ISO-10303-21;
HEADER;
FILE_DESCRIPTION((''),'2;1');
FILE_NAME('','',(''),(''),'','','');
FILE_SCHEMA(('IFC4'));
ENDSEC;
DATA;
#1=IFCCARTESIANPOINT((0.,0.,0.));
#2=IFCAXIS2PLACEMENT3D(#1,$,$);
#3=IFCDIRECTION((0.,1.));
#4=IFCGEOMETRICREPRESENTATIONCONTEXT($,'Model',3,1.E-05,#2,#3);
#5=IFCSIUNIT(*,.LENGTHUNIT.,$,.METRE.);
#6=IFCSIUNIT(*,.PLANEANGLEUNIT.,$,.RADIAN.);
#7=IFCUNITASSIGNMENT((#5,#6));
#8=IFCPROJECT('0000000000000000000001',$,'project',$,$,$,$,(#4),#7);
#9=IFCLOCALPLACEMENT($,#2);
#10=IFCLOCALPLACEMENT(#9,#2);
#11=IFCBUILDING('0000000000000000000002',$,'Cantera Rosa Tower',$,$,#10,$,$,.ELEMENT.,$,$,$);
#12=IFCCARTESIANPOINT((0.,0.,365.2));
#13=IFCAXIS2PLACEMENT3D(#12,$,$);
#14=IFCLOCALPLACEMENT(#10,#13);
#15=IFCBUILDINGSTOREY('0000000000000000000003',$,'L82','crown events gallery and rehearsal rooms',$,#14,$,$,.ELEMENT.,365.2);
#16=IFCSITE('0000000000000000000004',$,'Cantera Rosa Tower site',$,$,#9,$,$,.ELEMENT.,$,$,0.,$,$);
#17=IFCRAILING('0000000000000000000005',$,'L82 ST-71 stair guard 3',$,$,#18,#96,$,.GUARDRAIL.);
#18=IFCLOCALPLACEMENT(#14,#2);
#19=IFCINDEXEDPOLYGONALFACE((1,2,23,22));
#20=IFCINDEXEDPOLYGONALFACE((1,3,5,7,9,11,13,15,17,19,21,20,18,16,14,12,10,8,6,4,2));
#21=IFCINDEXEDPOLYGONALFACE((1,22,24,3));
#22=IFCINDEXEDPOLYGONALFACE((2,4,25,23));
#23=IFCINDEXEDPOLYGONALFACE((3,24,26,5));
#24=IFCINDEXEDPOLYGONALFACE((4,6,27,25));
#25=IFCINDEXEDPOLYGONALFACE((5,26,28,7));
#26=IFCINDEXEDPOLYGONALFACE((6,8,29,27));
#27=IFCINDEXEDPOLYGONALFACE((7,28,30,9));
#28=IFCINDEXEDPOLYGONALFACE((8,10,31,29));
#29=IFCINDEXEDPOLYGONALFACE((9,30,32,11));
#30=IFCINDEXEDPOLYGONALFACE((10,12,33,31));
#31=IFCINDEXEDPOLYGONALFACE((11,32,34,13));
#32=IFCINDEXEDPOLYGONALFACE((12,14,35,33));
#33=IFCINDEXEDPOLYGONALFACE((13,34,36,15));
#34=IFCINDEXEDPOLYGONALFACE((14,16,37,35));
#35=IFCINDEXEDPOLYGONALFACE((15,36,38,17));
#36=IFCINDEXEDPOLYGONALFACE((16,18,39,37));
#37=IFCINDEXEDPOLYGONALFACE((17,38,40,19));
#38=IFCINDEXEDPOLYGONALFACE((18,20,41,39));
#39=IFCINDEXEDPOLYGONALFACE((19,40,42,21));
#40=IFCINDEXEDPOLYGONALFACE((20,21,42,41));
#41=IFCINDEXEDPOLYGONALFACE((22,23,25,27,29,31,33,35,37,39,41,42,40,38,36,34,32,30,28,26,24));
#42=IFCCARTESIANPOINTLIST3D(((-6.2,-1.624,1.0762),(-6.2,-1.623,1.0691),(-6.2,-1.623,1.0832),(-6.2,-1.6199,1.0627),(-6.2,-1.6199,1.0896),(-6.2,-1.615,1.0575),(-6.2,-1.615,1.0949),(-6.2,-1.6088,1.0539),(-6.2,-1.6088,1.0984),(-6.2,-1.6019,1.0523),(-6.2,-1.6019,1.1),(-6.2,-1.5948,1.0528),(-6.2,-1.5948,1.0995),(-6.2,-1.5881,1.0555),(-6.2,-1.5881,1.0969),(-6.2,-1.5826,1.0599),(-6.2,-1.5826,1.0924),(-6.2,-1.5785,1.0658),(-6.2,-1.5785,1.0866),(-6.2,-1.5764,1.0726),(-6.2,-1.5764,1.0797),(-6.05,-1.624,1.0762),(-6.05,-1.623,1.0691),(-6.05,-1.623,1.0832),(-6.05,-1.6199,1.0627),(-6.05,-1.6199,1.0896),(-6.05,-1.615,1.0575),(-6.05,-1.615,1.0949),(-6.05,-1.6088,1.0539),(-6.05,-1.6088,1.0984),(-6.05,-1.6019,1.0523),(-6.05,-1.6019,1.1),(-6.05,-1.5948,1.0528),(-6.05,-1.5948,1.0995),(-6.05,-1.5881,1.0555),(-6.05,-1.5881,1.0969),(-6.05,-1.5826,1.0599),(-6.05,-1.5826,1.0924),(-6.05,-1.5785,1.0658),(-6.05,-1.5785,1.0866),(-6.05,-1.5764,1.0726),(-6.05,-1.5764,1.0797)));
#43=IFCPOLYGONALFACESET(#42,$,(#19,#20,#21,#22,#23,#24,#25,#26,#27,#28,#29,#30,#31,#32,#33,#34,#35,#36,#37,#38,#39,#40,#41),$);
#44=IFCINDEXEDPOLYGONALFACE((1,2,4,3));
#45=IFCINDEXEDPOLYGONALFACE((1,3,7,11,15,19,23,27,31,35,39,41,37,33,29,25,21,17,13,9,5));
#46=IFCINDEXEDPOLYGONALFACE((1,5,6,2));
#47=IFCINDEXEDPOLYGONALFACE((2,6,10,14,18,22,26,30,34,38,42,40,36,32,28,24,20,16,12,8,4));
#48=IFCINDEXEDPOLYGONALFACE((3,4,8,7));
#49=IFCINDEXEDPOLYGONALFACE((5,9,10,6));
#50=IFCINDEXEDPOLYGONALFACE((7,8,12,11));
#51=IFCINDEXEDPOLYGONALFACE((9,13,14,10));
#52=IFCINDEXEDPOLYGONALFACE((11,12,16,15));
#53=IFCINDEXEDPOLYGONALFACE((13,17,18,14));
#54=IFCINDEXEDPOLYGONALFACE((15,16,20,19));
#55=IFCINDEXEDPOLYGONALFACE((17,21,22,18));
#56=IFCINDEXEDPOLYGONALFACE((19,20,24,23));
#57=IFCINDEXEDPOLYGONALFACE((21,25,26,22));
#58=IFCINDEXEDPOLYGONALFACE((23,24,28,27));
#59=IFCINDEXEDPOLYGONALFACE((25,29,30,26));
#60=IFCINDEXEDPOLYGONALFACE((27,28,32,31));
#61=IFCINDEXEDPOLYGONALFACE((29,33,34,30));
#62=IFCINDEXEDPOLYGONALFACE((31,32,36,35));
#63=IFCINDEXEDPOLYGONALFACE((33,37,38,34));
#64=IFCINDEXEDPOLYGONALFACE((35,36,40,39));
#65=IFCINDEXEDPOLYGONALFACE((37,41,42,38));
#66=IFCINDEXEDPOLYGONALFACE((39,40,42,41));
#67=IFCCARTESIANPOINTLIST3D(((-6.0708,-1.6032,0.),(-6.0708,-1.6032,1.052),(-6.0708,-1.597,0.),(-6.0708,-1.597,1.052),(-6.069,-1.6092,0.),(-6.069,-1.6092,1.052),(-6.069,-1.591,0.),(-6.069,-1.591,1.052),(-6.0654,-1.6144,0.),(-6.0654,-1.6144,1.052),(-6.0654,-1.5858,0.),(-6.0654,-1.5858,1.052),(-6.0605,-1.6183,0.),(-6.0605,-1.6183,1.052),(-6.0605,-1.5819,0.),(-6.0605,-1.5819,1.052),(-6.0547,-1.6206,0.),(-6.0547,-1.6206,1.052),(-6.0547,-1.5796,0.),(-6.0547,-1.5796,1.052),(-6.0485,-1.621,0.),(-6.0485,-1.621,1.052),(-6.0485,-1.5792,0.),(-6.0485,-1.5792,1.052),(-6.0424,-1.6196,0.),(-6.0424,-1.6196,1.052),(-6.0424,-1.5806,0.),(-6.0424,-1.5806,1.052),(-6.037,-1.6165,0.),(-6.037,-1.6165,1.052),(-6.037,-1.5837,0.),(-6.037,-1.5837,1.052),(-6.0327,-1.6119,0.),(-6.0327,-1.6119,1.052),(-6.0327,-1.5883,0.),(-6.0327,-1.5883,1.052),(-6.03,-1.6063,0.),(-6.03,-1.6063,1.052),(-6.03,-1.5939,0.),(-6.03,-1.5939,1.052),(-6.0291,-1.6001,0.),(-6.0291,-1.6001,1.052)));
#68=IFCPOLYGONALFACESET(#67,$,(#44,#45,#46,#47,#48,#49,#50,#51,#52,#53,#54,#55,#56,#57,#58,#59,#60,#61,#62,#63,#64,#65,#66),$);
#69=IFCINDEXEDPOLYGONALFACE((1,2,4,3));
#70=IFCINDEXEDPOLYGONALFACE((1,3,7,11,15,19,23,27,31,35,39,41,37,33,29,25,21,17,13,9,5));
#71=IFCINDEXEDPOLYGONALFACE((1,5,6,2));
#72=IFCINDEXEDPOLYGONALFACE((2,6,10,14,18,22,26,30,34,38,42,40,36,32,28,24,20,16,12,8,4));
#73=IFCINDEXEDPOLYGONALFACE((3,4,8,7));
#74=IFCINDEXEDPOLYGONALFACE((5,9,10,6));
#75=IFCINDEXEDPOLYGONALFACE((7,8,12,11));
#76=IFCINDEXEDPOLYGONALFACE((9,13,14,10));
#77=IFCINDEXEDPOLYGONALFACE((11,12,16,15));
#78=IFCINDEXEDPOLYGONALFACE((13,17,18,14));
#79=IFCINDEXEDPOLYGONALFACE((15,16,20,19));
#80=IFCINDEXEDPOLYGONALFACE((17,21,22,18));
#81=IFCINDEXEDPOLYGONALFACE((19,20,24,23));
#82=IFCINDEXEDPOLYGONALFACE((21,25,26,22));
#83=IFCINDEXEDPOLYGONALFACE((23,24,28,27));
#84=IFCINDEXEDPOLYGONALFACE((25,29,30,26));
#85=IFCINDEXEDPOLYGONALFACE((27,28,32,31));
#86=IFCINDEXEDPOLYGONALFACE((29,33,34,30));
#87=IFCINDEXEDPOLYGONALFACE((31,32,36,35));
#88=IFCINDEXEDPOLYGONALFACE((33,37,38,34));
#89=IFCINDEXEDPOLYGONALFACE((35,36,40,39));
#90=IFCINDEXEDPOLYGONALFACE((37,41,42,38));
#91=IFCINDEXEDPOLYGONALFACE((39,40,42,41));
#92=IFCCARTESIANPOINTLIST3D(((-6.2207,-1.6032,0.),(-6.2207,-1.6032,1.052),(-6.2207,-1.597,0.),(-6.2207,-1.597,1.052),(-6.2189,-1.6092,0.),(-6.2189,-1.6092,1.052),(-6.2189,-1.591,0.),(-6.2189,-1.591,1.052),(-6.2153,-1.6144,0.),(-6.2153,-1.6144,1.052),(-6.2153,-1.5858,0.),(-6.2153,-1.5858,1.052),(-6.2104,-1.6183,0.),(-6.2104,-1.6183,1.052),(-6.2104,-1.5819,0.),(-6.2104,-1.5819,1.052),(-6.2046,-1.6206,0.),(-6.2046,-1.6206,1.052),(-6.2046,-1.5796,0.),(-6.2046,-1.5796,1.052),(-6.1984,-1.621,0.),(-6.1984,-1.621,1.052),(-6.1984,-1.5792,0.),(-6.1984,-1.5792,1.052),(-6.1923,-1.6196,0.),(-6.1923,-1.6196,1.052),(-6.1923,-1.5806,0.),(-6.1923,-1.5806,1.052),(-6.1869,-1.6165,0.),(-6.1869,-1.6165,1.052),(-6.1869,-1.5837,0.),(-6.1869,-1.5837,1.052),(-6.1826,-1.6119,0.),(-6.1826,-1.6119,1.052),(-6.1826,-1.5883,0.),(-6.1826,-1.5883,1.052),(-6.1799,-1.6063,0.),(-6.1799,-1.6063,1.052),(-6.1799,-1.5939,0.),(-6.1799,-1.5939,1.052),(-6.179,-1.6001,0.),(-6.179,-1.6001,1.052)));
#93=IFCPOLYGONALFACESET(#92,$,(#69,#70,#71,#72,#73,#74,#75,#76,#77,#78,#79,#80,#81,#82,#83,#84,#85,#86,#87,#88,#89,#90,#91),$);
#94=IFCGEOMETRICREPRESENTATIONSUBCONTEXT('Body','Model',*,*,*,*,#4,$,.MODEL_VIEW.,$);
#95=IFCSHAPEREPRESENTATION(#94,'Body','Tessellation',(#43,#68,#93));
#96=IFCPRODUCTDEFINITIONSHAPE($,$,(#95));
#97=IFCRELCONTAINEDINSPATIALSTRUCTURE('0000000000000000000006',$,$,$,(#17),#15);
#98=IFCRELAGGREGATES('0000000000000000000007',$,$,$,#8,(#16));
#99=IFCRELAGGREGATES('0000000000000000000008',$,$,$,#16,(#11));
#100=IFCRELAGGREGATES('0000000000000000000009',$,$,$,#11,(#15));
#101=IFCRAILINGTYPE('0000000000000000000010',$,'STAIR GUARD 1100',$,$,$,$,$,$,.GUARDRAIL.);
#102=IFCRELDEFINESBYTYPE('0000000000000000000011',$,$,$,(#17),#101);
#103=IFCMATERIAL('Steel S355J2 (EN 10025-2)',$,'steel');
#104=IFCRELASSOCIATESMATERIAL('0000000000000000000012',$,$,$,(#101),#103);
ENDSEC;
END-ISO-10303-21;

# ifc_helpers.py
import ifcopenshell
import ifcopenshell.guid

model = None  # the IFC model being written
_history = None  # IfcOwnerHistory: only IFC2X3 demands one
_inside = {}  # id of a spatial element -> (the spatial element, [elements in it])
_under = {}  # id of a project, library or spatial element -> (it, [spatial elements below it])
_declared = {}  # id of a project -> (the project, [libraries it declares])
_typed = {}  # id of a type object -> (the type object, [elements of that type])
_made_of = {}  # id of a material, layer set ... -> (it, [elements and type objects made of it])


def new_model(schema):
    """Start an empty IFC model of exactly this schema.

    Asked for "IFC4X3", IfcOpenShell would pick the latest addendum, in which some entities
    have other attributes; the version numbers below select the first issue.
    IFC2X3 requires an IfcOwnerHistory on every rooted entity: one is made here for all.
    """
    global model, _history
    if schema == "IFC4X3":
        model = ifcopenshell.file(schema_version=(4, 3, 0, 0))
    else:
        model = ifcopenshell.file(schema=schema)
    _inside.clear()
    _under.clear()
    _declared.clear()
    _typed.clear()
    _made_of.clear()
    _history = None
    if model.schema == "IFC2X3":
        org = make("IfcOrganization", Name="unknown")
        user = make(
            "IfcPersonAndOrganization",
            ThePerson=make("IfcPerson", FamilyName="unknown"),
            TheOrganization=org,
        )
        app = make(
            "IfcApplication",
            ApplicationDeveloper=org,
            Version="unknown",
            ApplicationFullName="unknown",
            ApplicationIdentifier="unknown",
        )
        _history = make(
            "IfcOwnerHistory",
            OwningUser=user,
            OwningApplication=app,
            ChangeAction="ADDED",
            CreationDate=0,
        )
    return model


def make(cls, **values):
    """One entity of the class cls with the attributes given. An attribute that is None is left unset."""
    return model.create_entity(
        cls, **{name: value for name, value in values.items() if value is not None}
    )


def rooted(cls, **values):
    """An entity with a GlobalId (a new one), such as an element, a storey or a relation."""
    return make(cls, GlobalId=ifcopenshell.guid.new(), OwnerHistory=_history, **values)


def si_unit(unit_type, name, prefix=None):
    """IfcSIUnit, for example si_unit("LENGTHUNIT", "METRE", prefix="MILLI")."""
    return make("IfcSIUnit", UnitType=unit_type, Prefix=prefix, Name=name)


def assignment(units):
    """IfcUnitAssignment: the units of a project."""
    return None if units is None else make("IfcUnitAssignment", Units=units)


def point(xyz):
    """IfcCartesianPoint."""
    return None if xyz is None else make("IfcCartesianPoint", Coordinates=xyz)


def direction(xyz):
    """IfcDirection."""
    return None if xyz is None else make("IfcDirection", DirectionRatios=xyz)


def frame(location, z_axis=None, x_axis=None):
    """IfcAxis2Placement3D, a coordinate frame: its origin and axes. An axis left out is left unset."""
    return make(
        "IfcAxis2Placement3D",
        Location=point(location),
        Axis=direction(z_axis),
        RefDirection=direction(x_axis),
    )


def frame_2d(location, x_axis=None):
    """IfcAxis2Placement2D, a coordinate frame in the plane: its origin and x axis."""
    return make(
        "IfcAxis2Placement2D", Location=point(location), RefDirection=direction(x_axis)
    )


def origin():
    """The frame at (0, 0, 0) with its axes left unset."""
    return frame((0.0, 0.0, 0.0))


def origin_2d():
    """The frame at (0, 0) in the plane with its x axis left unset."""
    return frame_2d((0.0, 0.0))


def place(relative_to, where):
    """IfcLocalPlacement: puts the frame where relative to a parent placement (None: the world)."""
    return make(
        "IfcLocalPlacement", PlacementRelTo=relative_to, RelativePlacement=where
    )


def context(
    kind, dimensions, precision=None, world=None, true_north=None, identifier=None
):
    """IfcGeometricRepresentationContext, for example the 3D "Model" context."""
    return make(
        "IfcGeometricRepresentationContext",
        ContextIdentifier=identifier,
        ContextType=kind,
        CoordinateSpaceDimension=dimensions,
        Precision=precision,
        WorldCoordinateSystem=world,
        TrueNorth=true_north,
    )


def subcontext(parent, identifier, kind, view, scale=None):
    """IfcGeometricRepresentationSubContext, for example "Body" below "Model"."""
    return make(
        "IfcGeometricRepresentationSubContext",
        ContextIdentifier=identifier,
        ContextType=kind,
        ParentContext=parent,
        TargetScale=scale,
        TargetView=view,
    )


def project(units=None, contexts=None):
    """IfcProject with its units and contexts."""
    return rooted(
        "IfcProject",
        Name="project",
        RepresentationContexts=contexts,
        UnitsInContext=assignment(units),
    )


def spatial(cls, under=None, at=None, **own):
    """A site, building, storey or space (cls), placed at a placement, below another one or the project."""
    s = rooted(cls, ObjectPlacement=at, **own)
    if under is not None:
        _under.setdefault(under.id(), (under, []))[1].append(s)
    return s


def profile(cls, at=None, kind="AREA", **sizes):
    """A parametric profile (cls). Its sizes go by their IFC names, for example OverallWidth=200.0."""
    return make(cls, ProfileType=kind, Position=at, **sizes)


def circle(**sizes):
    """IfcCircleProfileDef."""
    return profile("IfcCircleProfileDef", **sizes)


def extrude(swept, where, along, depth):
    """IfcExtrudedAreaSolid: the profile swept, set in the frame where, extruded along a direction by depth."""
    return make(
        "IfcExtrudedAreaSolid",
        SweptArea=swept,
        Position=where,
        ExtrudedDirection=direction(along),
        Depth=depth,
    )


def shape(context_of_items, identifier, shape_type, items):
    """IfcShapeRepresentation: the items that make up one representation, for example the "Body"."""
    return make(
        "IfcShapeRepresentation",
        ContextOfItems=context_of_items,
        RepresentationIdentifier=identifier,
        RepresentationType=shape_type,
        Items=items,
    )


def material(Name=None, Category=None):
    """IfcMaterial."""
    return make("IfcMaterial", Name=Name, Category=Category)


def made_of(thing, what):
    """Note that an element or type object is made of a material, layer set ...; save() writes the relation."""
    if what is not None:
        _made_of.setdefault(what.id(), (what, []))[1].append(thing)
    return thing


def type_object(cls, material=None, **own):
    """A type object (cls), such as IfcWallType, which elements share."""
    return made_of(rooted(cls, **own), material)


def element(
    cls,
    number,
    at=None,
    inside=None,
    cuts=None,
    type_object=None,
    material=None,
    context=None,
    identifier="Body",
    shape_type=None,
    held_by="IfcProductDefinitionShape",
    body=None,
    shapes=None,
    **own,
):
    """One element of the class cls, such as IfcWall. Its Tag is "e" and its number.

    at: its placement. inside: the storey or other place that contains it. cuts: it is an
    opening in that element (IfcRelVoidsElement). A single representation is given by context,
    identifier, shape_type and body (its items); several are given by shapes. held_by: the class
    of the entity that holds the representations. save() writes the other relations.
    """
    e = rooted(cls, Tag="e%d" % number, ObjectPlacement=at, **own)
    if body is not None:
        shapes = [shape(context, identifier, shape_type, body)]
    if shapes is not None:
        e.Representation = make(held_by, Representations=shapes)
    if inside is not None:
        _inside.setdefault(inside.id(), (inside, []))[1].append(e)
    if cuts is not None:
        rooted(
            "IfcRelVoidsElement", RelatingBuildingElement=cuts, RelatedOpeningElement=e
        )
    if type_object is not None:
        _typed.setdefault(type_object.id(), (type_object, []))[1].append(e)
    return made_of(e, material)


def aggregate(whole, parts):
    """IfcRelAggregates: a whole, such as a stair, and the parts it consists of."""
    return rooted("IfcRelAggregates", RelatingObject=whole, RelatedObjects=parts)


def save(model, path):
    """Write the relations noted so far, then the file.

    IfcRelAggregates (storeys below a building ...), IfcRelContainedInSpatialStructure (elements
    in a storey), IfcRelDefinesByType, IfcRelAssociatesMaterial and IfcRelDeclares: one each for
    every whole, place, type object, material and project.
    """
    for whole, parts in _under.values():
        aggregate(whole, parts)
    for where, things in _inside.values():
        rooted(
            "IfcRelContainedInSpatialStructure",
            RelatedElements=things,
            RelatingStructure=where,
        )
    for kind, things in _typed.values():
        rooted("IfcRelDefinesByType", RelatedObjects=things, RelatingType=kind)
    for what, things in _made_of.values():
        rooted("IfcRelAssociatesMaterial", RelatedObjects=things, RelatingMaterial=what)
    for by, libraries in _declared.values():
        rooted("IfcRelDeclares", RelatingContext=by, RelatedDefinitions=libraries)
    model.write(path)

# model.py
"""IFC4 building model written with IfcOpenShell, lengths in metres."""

from ifc_helpers import new_model, si_unit, direction, frame, origin, origin_2d, place, context, subcontext, project, spatial, circle, extrude, material, type_object, element, save


model = new_model("IFC4")

# Units and contexts
model_context = context("Model", 3, precision=1e-05, world=origin(), true_north=direction((0.0, 1.0)))
body_context = subcontext(model_context, "Body", "Model", "MODEL_VIEW")
ifc_project = project(units=[si_unit("LENGTHUNIT", "METRE"), si_unit("PLANEANGLEUNIT", "RADIAN")], contexts=[model_context])

# Site, building, storey
site_placement = place(None, origin())
site = spatial("IfcSite", under=ifc_project, at=site_placement, Name="Cantera Rosa Tower site", CompositionType="ELEMENT", RefElevation=0.0)
building_placement = place(site_placement, origin())
building = spatial("IfcBuilding", under=site, at=building_placement, Name="Cantera Rosa Tower", CompositionType="ELEMENT")
storey_placement = place(building_placement, frame((0.0, 0.0, 365.2)))
storey = spatial("IfcBuildingStorey", under=building, at=storey_placement, Name="L82", Description="crown events gallery and rehearsal rooms", CompositionType="ELEMENT", Elevation=365.2)

# Railing
ifc_material_1 = material(Name="Steel S355J2 (EN 10025-2)", Category="steel")
railing_type_1 = type_object("IfcRailingType", Name="STAIR GUARD 1100", PredefinedType="GUARDRAIL", material=ifc_material_1)
railing_1_placement = place(storey_placement, frame((-6.05, -1.6001, 0.0)))
element("IfcRailing", 1, at=railing_1_placement, inside=storey, type_object=railing_type_1, Name="L82 ST-71 stair guard 3", PredefinedType="GUARDRAIL", context=body_context, shape_type="SweptSolid", body=[
    extrude(circle(Radius=0.0239, at=origin_2d()), frame((0.0, 0.0, 1.0762), z_axis=(-1.0, 0.0, 0.0), x_axis=(0.0, -1.0, 0.0)), (0.0, 0.0, 1.0), 0.1499),
    extrude(circle(Radius=0.021, at=origin_2d()), origin(), (0.0, 0.0, 1.0), 1.052),
    extrude(circle(Radius=0.021, at=origin_2d()), frame((-0.1499, 0.0, 0.0)), (0.0, 0.0, 1.0), 1.052),
])

save(model, "model.ifc")
